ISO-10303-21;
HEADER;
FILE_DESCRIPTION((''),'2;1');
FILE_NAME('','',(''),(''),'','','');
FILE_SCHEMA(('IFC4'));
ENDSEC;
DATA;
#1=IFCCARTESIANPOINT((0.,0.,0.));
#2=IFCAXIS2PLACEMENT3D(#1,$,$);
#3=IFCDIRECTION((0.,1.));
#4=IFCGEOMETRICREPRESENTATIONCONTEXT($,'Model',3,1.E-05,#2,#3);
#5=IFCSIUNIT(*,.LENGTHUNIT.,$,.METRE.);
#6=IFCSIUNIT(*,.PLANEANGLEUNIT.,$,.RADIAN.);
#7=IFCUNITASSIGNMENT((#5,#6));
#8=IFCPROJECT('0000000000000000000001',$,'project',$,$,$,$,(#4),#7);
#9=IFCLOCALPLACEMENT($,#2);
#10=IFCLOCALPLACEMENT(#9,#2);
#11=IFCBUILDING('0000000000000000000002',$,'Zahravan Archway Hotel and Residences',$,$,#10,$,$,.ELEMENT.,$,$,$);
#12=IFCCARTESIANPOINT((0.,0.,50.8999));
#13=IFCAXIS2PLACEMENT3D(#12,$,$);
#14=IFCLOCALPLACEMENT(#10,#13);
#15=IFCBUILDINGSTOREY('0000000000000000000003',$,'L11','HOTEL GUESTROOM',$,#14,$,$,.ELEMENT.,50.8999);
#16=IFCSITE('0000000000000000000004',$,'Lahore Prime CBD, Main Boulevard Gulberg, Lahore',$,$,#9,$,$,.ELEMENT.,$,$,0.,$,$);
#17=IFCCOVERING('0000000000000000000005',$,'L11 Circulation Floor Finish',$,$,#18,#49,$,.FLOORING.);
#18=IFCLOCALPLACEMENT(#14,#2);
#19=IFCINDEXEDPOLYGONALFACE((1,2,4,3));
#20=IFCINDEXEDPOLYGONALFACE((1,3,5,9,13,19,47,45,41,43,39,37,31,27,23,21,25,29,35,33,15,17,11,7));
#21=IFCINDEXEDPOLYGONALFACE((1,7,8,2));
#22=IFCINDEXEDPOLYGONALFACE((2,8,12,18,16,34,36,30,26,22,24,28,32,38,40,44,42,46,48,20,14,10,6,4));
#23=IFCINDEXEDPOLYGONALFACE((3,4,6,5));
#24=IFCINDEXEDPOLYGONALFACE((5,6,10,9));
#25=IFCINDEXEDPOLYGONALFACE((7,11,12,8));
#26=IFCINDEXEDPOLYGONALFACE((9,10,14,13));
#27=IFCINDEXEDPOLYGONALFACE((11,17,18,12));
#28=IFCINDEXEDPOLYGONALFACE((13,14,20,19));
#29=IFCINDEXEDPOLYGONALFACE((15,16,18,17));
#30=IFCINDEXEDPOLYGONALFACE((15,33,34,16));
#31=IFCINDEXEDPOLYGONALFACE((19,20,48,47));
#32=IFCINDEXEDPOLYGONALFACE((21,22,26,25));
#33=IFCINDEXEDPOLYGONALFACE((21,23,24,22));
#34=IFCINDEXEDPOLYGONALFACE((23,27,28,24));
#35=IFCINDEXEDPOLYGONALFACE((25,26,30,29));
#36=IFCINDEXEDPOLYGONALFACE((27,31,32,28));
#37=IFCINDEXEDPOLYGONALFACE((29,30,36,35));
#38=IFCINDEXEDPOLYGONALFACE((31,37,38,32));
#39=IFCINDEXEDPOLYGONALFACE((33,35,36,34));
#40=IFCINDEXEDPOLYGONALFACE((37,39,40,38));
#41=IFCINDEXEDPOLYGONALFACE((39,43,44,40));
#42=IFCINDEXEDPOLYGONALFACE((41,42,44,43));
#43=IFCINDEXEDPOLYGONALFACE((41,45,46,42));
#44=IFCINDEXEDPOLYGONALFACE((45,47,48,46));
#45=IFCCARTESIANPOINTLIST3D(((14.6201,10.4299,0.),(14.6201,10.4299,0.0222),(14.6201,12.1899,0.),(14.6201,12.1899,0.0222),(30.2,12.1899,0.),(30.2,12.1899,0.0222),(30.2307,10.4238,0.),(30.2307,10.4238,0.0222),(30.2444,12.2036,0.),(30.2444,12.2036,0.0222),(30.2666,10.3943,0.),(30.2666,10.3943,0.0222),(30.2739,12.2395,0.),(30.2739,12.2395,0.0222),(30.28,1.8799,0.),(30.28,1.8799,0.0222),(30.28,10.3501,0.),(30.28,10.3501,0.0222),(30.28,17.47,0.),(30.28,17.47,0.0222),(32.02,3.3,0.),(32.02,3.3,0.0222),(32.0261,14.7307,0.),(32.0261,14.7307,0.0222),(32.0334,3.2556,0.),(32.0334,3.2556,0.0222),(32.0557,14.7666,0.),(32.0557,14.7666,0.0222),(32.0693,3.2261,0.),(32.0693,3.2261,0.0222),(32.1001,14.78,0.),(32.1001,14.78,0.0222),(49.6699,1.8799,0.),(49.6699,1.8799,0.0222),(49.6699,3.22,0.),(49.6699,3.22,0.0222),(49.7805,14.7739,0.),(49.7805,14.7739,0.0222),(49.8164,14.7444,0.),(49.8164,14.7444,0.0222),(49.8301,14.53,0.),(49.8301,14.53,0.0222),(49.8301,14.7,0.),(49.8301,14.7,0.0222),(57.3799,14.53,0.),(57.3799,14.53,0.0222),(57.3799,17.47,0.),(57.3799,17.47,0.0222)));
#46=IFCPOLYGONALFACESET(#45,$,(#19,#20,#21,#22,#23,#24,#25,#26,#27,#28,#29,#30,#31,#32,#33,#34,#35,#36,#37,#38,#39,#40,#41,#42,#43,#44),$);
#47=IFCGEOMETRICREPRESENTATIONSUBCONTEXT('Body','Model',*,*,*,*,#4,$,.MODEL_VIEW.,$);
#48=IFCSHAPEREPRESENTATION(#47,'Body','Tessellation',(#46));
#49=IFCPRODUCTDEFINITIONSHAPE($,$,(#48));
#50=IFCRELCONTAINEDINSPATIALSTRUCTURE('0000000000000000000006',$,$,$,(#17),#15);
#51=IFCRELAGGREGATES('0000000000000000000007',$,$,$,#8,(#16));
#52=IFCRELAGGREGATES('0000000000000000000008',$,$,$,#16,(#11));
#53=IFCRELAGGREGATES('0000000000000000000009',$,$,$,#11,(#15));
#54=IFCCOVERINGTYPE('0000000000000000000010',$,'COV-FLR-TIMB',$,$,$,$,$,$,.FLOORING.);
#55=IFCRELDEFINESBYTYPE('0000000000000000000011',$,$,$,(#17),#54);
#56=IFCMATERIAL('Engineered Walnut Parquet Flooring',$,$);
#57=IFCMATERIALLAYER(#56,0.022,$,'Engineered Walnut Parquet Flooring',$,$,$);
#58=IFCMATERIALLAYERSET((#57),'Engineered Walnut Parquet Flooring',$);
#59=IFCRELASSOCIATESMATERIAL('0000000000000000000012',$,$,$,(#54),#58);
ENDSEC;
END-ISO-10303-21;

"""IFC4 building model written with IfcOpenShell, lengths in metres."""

from ifc_helpers import new_model, si_unit, direction, frame, origin, place, context, subcontext, project, spatial, polyline, outline, extrude, material, layer, layer_set, type_object, element, save


model = new_model("IFC4")

# Units and contexts
model_context = context("Model", 3, precision=1e-05, world=origin(), true_north=direction((0.0, 1.0)))
body_context = subcontext(model_context, "Body", "Model", "MODEL_VIEW")
ifc_project = project(units=[si_unit("LENGTHUNIT", "METRE"), si_unit("PLANEANGLEUNIT", "RADIAN")], contexts=[model_context])

# Site, building, storey
site_placement = place(None, origin())
site = spatial("IfcSite", under=ifc_project, at=site_placement, Name="Lahore Prime CBD, Main Boulevard Gulberg, Lahore", CompositionType="ELEMENT", RefElevation=0.0)
building_placement = place(site_placement, origin())
building = spatial("IfcBuilding", under=site, at=building_placement, Name="Zahravan Archway Hotel and Residences", CompositionType="ELEMENT")
storey_placement = place(building_placement, frame((0.0, 0.0, 50.8999)))
storey = spatial("IfcBuildingStorey", under=building, at=storey_placement, Name="L11", Description="HOTEL GUESTROOM", CompositionType="ELEMENT", Elevation=50.8999)

# Covering
ifc_material_1 = material(Name="Engineered Walnut Parquet Flooring")
ifc_layer_1 = layer(ifc_material_1, 0.022, Name="Engineered Walnut Parquet Flooring")
ifc_layer_set_1 = layer_set([ifc_layer_1], Name="Engineered Walnut Parquet Flooring")
covering_type = type_object("IfcCoveringType", Name="COV-FLR-TIMB", PredefinedType="FLOORING", material=ifc_layer_set_1)
covering_placement = place(storey_placement, origin())
element("IfcCovering", 1, at=covering_placement, inside=storey, type_object=covering_type, Name="L11 Circulation Floor Finish", PredefinedType="FLOORING", context=body_context, shape_type="SweptSolid", body=[
    extrude(outline(polyline([(57.3799, 14.53), (49.8301, 14.53), (49.8301, 14.7), (49.8164, 14.7444), (49.7805, 14.7739), (32.1001, 14.78), (32.0557, 14.7666), (32.0261, 14.7307), (32.02, 3.3), (32.0334, 3.2556), (32.0693, 3.2261), (49.6699, 3.22), (49.6699, 1.8799), (30.28, 1.8799), (30.28, 10.3501), (30.2666, 10.3943), (30.2307, 10.4238), (14.6201, 10.4299), (14.6201, 12.1899), (30.2, 12.1899), (30.2444, 12.2036), (30.2739, 12.2395), (30.28, 17.47), (57.3799, 17.47), (57.3799, 14.53)])), origin(), (0.0, 0.0, 1.0), 0.0222),
])

save(model, "model.ifc")
